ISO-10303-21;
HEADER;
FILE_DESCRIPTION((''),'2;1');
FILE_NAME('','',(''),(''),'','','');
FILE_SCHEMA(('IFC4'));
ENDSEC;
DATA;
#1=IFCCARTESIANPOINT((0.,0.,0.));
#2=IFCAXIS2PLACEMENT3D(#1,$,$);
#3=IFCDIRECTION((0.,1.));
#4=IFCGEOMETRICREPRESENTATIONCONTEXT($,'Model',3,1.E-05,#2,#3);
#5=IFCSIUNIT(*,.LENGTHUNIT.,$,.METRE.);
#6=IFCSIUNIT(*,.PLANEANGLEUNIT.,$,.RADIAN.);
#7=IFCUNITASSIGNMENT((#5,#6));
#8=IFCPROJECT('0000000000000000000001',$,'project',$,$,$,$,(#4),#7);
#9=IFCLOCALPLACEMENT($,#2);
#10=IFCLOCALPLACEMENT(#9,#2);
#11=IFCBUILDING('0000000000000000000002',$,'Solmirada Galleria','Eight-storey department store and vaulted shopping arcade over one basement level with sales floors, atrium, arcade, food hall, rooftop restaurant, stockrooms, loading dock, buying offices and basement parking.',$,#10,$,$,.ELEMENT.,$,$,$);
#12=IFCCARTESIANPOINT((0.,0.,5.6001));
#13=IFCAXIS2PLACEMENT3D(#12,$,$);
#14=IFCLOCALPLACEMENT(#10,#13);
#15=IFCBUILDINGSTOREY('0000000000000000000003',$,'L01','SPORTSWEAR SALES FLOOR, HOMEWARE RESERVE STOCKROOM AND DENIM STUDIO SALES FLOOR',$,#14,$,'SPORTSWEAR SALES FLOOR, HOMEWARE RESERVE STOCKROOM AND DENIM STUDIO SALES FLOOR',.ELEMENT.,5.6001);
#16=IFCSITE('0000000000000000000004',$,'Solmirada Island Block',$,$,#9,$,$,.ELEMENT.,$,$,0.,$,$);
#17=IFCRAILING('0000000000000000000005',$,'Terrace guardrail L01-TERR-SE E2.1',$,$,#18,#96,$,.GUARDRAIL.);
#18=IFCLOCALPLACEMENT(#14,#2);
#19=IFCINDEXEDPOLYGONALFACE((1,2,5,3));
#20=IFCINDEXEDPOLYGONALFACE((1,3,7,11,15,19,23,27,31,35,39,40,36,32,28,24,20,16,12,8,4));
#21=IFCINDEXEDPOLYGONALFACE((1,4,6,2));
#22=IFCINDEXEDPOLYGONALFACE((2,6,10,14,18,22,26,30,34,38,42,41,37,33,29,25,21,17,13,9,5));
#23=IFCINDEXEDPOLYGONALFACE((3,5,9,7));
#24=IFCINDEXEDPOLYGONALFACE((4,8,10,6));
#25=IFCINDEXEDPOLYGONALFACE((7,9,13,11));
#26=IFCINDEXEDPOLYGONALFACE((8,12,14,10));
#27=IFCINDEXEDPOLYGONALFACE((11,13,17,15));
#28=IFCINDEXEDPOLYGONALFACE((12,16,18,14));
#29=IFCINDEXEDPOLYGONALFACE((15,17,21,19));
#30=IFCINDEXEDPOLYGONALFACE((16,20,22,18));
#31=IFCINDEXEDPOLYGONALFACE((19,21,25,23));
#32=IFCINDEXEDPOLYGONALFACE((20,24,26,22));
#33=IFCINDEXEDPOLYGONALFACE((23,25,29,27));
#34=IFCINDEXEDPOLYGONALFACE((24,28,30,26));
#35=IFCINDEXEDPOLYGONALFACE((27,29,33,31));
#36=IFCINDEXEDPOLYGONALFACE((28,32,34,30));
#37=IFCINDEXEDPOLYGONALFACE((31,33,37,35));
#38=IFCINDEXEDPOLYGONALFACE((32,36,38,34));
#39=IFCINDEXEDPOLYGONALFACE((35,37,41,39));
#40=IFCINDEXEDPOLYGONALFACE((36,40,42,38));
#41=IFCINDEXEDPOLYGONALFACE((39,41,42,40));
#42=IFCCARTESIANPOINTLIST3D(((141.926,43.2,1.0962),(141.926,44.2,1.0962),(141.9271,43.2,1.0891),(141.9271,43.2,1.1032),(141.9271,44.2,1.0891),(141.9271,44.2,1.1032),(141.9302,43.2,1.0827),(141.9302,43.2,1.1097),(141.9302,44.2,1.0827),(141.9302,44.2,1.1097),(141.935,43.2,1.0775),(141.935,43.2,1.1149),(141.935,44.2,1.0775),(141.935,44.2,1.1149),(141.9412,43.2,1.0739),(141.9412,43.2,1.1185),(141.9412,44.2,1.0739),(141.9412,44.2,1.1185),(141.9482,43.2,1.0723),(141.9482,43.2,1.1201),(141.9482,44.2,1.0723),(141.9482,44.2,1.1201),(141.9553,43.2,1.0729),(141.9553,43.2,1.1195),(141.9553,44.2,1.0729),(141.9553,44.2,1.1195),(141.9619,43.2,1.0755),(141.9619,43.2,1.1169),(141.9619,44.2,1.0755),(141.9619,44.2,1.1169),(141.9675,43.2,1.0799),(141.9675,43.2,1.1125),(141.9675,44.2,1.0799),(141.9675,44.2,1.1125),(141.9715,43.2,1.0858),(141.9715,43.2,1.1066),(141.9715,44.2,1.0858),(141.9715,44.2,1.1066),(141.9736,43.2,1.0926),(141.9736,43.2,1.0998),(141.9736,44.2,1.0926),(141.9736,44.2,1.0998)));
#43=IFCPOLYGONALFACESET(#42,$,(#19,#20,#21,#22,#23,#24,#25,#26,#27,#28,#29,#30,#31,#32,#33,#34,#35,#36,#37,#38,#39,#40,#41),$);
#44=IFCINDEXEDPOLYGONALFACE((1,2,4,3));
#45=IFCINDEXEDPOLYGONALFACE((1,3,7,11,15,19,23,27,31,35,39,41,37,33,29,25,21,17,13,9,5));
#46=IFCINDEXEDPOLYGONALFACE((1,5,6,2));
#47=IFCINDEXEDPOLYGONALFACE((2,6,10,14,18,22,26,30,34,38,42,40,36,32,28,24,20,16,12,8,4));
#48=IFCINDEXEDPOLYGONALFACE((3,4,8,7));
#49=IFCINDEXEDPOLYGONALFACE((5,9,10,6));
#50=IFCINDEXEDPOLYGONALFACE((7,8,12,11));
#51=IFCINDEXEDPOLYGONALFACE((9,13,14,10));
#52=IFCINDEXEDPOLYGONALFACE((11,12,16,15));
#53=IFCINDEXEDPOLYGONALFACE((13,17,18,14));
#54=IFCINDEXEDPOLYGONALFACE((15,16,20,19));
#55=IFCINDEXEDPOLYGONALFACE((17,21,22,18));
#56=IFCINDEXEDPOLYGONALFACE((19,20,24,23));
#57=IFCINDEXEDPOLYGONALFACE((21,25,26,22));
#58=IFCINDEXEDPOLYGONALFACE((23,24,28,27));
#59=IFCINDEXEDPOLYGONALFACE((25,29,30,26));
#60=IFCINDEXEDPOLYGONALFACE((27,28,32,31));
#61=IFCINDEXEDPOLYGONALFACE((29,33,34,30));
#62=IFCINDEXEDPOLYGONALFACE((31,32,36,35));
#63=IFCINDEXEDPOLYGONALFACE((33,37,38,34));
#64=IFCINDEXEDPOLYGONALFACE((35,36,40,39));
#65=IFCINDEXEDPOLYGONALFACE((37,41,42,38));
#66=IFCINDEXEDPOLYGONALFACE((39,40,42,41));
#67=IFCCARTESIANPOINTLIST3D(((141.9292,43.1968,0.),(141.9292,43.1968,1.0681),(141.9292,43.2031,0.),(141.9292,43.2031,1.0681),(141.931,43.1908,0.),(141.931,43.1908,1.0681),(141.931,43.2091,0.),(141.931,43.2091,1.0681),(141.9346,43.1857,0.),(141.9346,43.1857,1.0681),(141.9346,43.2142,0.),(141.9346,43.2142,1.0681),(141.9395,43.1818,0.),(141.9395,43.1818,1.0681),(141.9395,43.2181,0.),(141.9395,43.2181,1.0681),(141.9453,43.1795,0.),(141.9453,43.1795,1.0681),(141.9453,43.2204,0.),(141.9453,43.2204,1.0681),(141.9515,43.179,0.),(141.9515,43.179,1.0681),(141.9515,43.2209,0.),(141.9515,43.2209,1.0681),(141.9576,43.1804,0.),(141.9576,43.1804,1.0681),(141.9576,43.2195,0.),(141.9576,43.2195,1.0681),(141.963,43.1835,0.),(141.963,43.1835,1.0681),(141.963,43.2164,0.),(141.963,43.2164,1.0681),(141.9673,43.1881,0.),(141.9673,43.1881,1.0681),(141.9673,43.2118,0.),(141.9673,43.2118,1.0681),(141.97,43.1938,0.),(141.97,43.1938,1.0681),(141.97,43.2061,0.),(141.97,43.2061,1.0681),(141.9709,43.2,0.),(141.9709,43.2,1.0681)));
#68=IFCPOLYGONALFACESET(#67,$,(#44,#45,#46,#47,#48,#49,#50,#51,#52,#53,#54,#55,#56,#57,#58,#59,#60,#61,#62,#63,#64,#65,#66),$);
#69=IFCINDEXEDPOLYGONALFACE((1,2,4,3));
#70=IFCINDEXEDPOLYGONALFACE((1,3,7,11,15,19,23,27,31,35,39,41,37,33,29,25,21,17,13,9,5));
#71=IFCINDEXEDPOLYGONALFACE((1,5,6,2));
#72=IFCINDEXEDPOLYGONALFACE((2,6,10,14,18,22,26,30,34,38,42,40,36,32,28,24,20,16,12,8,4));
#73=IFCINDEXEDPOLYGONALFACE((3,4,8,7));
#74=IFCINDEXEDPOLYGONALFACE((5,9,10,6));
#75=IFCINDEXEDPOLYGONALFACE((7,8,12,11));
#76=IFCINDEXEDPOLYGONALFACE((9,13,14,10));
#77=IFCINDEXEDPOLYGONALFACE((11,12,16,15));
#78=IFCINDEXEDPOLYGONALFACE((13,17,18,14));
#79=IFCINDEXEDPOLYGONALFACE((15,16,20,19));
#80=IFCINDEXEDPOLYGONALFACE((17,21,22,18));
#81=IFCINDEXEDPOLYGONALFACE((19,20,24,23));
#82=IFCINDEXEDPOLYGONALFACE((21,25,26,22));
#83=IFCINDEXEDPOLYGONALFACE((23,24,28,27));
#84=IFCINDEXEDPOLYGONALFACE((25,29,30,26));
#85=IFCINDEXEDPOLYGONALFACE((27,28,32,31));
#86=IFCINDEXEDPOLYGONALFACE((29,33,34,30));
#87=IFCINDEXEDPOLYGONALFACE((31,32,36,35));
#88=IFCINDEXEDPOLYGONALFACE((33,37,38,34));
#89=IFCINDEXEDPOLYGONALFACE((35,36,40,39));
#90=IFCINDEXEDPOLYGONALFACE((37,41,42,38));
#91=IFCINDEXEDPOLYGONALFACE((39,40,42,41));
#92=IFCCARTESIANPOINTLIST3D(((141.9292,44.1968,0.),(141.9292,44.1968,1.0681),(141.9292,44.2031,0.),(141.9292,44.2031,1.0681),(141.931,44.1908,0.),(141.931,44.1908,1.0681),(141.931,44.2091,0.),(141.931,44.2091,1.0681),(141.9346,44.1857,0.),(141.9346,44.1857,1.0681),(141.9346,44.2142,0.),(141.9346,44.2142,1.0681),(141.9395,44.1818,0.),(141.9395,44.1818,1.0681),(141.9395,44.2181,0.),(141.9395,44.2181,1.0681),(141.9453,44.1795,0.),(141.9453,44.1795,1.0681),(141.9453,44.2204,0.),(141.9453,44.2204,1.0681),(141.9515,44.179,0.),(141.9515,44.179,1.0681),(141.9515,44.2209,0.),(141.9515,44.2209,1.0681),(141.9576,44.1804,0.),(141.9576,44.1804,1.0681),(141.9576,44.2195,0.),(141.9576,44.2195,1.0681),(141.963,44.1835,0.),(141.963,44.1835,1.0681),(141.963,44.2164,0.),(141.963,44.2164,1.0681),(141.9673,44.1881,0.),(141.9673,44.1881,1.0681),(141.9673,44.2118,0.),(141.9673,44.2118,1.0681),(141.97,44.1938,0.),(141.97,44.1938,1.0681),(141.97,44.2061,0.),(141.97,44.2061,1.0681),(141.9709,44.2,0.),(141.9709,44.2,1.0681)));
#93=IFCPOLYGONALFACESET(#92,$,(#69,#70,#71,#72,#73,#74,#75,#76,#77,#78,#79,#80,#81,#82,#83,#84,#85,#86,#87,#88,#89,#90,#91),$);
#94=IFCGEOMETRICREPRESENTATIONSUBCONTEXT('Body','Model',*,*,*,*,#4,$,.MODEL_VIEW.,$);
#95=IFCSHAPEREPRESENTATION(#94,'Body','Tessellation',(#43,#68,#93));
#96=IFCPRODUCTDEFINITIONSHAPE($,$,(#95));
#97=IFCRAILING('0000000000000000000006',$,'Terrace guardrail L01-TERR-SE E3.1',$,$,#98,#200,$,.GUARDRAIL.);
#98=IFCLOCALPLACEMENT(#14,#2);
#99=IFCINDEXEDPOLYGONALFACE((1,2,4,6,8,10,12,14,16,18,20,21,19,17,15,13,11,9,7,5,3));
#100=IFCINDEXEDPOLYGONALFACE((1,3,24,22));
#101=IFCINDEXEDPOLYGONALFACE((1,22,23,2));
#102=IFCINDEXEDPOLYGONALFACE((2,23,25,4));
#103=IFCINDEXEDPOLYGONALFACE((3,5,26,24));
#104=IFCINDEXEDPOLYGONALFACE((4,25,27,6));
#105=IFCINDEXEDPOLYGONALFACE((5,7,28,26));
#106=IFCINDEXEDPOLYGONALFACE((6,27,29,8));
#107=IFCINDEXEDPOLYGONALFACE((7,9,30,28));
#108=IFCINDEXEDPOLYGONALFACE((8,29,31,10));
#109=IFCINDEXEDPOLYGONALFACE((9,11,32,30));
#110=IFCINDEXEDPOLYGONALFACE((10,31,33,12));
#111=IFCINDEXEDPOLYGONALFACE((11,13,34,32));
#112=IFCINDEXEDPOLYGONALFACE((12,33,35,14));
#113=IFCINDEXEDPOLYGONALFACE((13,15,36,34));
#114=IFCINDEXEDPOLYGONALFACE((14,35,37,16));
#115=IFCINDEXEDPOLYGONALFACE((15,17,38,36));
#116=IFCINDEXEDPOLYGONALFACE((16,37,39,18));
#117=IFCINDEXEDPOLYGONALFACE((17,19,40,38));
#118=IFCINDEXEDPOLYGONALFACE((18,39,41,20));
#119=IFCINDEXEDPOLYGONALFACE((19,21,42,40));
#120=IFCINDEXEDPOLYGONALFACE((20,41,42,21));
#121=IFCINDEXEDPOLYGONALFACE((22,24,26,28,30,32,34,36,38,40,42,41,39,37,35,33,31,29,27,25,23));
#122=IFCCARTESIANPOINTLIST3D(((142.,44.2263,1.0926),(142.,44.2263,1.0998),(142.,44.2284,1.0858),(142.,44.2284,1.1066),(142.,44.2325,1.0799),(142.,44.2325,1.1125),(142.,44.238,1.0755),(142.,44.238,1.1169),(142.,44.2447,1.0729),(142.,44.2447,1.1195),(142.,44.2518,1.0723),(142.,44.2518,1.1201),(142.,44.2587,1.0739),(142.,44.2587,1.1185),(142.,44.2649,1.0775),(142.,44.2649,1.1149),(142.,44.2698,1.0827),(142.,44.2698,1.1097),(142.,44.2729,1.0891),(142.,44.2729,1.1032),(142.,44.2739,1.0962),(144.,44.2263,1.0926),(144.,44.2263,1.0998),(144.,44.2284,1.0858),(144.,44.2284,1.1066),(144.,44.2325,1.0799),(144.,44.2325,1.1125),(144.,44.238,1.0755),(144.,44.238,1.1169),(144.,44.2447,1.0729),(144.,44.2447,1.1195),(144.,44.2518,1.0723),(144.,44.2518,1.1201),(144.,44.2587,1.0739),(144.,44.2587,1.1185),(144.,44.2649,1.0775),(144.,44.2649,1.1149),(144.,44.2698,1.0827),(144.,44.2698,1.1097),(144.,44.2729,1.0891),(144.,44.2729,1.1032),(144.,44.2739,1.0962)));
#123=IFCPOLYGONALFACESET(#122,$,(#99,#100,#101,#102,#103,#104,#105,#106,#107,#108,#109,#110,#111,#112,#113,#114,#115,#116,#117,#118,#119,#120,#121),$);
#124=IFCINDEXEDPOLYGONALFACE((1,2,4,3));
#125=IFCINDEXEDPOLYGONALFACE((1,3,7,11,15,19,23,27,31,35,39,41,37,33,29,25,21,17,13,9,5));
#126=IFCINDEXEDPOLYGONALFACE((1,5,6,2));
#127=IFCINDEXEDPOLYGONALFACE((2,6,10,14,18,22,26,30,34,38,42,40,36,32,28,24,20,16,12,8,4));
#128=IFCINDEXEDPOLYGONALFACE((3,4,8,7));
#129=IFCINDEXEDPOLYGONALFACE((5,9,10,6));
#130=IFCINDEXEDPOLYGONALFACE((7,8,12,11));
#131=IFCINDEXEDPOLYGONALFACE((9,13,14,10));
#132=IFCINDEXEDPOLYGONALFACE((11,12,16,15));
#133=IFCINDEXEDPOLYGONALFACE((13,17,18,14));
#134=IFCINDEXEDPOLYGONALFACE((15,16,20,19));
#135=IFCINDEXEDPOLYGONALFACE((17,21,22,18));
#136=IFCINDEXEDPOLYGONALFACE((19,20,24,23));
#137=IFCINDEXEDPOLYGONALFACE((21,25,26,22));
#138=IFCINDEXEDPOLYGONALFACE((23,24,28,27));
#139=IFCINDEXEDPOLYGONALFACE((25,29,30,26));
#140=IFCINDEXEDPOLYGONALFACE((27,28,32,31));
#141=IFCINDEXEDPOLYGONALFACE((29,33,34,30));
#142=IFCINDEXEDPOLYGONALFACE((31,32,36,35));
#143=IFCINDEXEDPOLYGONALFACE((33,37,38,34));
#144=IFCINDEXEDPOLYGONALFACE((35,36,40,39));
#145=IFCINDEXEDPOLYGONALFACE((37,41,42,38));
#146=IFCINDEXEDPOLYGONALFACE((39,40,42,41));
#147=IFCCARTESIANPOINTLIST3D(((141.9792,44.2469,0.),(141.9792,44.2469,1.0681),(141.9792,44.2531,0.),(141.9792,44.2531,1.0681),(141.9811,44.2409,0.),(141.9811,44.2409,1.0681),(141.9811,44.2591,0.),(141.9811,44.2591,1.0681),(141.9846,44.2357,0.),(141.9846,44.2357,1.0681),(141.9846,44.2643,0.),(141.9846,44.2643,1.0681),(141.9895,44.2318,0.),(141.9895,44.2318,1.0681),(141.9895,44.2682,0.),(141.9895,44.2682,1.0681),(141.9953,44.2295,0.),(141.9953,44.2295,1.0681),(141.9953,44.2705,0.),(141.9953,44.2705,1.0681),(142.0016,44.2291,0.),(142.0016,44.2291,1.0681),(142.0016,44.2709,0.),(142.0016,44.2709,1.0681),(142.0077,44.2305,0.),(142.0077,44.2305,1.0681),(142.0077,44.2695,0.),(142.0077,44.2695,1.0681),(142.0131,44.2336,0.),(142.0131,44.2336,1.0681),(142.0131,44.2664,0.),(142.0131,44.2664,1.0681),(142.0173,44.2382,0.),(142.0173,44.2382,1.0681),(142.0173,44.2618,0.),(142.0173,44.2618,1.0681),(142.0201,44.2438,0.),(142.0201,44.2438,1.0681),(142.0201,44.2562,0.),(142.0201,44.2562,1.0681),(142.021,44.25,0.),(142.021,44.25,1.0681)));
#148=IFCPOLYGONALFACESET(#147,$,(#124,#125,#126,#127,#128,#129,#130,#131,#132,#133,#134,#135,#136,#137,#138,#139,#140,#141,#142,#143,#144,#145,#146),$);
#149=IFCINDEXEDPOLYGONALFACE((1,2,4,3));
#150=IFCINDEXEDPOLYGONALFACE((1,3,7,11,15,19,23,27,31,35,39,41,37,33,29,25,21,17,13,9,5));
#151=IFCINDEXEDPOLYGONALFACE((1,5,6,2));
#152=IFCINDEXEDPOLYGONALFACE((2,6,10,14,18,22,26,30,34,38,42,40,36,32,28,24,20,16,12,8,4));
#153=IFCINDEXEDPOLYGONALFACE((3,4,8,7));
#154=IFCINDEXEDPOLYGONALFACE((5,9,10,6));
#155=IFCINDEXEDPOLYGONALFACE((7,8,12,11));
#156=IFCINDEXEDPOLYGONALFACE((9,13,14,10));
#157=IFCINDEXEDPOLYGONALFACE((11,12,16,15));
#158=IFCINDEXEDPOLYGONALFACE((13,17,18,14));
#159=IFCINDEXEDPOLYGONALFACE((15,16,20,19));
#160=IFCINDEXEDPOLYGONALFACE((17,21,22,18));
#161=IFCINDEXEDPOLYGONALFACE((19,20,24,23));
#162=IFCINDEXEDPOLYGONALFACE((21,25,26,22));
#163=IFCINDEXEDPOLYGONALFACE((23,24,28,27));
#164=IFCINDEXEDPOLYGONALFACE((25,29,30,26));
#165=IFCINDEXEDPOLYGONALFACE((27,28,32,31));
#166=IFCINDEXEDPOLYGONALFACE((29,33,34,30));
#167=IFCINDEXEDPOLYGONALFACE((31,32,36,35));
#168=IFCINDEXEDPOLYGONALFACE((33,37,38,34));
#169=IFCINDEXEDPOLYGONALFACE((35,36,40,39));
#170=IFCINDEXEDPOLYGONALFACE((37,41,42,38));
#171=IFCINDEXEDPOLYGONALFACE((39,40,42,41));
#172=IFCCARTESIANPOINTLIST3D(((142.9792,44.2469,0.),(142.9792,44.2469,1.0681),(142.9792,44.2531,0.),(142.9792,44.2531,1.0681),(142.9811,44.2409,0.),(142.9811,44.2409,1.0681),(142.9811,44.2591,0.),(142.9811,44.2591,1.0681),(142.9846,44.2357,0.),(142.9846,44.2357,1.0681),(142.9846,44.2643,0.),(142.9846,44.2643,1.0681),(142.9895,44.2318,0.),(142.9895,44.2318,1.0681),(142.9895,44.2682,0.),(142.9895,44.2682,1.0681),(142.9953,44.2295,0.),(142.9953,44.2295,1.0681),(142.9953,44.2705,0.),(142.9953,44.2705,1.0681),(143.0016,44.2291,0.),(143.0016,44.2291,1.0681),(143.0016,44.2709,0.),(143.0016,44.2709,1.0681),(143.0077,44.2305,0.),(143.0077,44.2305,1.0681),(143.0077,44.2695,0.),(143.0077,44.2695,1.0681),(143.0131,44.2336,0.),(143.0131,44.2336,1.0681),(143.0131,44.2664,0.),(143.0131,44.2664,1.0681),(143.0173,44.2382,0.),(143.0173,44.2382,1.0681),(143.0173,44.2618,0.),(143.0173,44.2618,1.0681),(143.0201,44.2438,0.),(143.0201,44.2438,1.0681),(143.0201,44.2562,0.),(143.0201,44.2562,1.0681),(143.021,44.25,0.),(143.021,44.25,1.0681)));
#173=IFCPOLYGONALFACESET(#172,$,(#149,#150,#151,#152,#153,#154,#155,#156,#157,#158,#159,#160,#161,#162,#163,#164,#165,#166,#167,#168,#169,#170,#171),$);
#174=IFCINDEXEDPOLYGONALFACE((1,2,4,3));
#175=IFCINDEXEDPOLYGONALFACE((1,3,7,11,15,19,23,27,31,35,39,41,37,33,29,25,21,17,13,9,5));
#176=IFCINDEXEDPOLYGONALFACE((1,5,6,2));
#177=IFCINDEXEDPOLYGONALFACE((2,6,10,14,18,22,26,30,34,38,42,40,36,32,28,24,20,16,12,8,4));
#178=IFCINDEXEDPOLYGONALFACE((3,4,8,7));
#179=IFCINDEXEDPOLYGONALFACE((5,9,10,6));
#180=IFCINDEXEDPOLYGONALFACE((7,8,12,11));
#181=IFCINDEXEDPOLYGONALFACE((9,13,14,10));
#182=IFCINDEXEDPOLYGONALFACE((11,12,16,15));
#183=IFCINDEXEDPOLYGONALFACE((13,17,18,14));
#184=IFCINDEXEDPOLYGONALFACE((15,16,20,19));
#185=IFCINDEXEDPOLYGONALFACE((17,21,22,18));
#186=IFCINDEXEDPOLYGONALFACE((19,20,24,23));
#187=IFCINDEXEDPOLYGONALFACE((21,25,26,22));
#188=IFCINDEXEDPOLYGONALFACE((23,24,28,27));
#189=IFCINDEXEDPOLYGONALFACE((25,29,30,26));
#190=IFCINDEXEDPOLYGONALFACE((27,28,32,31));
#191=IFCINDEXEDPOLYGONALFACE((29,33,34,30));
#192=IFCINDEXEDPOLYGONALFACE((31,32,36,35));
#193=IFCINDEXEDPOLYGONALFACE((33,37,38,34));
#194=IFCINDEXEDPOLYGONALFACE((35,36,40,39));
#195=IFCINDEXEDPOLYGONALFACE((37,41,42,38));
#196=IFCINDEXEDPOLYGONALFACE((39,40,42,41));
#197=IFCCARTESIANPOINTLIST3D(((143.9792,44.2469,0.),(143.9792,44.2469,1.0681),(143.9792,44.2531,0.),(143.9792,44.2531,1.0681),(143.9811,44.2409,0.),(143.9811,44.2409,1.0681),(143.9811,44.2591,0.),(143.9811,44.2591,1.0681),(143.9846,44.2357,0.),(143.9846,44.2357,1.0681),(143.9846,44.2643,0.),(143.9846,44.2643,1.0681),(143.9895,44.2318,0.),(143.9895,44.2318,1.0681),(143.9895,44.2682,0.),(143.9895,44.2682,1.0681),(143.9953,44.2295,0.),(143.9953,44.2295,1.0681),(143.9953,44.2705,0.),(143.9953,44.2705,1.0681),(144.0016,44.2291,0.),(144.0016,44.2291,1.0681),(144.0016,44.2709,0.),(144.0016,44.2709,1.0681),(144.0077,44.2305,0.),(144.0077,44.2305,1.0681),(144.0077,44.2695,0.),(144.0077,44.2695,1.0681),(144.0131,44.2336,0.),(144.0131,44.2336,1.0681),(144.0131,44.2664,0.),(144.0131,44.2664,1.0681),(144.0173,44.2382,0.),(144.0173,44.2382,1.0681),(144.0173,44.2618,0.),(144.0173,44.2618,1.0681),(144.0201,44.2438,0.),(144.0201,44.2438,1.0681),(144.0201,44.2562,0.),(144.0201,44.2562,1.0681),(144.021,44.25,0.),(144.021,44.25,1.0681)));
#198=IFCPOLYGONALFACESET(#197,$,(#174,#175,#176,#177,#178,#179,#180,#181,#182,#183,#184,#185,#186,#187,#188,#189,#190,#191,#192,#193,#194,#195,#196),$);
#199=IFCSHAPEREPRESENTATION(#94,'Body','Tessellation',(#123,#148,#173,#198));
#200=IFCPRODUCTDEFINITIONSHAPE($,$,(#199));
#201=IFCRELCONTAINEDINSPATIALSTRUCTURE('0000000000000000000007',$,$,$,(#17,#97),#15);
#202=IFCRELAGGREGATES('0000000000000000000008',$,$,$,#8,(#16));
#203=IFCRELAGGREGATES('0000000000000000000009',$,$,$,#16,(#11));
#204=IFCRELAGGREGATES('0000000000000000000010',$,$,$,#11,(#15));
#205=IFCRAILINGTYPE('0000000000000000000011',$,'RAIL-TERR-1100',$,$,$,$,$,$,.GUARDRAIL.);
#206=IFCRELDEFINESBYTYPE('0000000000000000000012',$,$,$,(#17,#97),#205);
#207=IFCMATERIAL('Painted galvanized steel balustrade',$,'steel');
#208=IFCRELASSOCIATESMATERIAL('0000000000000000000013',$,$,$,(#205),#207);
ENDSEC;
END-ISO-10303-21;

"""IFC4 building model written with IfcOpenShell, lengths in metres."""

from ifc_helpers import new_model, si_unit, direction, frame, origin, origin_2d, place, context, subcontext, project, spatial, circle, extrude, material, type_object, element, save


model = new_model("IFC4")

# Units and contexts
model_context = context("Model", 3, precision=1e-05, world=origin(), true_north=direction((0.0, 1.0)))
body_context = subcontext(model_context, "Body", "Model", "MODEL_VIEW")
ifc_project = project(units=[si_unit("LENGTHUNIT", "METRE"), si_unit("PLANEANGLEUNIT", "RADIAN")], contexts=[model_context])

# Site, building, storey
site_placement = place(None, origin())
site = spatial("IfcSite", under=ifc_project, at=site_placement, Name="Solmirada Island Block", CompositionType="ELEMENT", RefElevation=0.0)
building_placement = place(site_placement, origin())
building = spatial("IfcBuilding", under=site, at=building_placement, Name="Solmirada Galleria", Description="Eight-storey department store and vaulted shopping arcade over one basement level with sales floors, atrium, arcade, food hall, rooftop restaurant, stockrooms, loading dock, buying offices and basement parking.", CompositionType="ELEMENT")
storey_placement = place(building_placement, frame((0.0, 0.0, 5.6001)))
storey = spatial("IfcBuildingStorey", under=building, at=storey_placement, Name="L01", Description="SPORTSWEAR SALES FLOOR, HOMEWARE RESERVE STOCKROOM AND DENIM STUDIO SALES FLOOR", LongName="SPORTSWEAR SALES FLOOR, HOMEWARE RESERVE STOCKROOM AND DENIM STUDIO SALES FLOOR", CompositionType="ELEMENT", Elevation=5.6001)

# Railings
ifc_material_1 = material(Name="Painted galvanized steel balustrade", Category="steel")
railing_type = type_object("IfcRailingType", Name="RAIL-TERR-1100", PredefinedType="GUARDRAIL", material=ifc_material_1)
railing_1_placement = place(storey_placement, frame((141.95, 43.2, 0.0)))
element("IfcRailing", 1, at=railing_1_placement, inside=storey, type_object=railing_type, Name="Terrace guardrail L01-TERR-SE E2.1", PredefinedType="GUARDRAIL", context=body_context, shape_type="SweptSolid", body=[
    extrude(circle(Radius=0.0239, at=origin_2d()), frame((0.0, 0.0, 1.0962), z_axis=(0.0, 1.0, 0.0), x_axis=(-1.0, 0.0, 0.0)), (0.0, 0.0, 1.0), 1.0),
    extrude(circle(Radius=0.021, at=origin_2d()), origin(), (0.0, 0.0, 1.0), 1.0681),
    extrude(circle(Radius=0.021, at=origin_2d()), frame((0.0, 1.0, 0.0)), (0.0, 0.0, 1.0), 1.0681),
])
railing_2_placement = place(storey_placement, frame((142.0, 44.25, 0.0)))
element("IfcRailing", 2, at=railing_2_placement, inside=storey, type_object=railing_type, Name="Terrace guardrail L01-TERR-SE E3.1", PredefinedType="GUARDRAIL", context=body_context, shape_type="SweptSolid", body=[
    extrude(circle(Radius=0.0239, at=origin_2d()), frame((0.0, 0.0, 1.0962), z_axis=(1.0, 0.0, 0.0), x_axis=(0.0, 1.0, 0.0)), (0.0, 0.0, 1.0), 2.0),
    extrude(circle(Radius=0.021, at=origin_2d()), origin(), (0.0, 0.0, 1.0), 1.0681),
    extrude(circle(Radius=0.021, at=origin_2d()), frame((1.0, 0.0, 0.0)), (0.0, 0.0, 1.0), 1.0681),
    extrude(circle(Radius=0.021, at=origin_2d()), frame((2.0, 0.0, 0.0)), (0.0, 0.0, 1.0), 1.0681),
])

save(model, "model.ifc")
